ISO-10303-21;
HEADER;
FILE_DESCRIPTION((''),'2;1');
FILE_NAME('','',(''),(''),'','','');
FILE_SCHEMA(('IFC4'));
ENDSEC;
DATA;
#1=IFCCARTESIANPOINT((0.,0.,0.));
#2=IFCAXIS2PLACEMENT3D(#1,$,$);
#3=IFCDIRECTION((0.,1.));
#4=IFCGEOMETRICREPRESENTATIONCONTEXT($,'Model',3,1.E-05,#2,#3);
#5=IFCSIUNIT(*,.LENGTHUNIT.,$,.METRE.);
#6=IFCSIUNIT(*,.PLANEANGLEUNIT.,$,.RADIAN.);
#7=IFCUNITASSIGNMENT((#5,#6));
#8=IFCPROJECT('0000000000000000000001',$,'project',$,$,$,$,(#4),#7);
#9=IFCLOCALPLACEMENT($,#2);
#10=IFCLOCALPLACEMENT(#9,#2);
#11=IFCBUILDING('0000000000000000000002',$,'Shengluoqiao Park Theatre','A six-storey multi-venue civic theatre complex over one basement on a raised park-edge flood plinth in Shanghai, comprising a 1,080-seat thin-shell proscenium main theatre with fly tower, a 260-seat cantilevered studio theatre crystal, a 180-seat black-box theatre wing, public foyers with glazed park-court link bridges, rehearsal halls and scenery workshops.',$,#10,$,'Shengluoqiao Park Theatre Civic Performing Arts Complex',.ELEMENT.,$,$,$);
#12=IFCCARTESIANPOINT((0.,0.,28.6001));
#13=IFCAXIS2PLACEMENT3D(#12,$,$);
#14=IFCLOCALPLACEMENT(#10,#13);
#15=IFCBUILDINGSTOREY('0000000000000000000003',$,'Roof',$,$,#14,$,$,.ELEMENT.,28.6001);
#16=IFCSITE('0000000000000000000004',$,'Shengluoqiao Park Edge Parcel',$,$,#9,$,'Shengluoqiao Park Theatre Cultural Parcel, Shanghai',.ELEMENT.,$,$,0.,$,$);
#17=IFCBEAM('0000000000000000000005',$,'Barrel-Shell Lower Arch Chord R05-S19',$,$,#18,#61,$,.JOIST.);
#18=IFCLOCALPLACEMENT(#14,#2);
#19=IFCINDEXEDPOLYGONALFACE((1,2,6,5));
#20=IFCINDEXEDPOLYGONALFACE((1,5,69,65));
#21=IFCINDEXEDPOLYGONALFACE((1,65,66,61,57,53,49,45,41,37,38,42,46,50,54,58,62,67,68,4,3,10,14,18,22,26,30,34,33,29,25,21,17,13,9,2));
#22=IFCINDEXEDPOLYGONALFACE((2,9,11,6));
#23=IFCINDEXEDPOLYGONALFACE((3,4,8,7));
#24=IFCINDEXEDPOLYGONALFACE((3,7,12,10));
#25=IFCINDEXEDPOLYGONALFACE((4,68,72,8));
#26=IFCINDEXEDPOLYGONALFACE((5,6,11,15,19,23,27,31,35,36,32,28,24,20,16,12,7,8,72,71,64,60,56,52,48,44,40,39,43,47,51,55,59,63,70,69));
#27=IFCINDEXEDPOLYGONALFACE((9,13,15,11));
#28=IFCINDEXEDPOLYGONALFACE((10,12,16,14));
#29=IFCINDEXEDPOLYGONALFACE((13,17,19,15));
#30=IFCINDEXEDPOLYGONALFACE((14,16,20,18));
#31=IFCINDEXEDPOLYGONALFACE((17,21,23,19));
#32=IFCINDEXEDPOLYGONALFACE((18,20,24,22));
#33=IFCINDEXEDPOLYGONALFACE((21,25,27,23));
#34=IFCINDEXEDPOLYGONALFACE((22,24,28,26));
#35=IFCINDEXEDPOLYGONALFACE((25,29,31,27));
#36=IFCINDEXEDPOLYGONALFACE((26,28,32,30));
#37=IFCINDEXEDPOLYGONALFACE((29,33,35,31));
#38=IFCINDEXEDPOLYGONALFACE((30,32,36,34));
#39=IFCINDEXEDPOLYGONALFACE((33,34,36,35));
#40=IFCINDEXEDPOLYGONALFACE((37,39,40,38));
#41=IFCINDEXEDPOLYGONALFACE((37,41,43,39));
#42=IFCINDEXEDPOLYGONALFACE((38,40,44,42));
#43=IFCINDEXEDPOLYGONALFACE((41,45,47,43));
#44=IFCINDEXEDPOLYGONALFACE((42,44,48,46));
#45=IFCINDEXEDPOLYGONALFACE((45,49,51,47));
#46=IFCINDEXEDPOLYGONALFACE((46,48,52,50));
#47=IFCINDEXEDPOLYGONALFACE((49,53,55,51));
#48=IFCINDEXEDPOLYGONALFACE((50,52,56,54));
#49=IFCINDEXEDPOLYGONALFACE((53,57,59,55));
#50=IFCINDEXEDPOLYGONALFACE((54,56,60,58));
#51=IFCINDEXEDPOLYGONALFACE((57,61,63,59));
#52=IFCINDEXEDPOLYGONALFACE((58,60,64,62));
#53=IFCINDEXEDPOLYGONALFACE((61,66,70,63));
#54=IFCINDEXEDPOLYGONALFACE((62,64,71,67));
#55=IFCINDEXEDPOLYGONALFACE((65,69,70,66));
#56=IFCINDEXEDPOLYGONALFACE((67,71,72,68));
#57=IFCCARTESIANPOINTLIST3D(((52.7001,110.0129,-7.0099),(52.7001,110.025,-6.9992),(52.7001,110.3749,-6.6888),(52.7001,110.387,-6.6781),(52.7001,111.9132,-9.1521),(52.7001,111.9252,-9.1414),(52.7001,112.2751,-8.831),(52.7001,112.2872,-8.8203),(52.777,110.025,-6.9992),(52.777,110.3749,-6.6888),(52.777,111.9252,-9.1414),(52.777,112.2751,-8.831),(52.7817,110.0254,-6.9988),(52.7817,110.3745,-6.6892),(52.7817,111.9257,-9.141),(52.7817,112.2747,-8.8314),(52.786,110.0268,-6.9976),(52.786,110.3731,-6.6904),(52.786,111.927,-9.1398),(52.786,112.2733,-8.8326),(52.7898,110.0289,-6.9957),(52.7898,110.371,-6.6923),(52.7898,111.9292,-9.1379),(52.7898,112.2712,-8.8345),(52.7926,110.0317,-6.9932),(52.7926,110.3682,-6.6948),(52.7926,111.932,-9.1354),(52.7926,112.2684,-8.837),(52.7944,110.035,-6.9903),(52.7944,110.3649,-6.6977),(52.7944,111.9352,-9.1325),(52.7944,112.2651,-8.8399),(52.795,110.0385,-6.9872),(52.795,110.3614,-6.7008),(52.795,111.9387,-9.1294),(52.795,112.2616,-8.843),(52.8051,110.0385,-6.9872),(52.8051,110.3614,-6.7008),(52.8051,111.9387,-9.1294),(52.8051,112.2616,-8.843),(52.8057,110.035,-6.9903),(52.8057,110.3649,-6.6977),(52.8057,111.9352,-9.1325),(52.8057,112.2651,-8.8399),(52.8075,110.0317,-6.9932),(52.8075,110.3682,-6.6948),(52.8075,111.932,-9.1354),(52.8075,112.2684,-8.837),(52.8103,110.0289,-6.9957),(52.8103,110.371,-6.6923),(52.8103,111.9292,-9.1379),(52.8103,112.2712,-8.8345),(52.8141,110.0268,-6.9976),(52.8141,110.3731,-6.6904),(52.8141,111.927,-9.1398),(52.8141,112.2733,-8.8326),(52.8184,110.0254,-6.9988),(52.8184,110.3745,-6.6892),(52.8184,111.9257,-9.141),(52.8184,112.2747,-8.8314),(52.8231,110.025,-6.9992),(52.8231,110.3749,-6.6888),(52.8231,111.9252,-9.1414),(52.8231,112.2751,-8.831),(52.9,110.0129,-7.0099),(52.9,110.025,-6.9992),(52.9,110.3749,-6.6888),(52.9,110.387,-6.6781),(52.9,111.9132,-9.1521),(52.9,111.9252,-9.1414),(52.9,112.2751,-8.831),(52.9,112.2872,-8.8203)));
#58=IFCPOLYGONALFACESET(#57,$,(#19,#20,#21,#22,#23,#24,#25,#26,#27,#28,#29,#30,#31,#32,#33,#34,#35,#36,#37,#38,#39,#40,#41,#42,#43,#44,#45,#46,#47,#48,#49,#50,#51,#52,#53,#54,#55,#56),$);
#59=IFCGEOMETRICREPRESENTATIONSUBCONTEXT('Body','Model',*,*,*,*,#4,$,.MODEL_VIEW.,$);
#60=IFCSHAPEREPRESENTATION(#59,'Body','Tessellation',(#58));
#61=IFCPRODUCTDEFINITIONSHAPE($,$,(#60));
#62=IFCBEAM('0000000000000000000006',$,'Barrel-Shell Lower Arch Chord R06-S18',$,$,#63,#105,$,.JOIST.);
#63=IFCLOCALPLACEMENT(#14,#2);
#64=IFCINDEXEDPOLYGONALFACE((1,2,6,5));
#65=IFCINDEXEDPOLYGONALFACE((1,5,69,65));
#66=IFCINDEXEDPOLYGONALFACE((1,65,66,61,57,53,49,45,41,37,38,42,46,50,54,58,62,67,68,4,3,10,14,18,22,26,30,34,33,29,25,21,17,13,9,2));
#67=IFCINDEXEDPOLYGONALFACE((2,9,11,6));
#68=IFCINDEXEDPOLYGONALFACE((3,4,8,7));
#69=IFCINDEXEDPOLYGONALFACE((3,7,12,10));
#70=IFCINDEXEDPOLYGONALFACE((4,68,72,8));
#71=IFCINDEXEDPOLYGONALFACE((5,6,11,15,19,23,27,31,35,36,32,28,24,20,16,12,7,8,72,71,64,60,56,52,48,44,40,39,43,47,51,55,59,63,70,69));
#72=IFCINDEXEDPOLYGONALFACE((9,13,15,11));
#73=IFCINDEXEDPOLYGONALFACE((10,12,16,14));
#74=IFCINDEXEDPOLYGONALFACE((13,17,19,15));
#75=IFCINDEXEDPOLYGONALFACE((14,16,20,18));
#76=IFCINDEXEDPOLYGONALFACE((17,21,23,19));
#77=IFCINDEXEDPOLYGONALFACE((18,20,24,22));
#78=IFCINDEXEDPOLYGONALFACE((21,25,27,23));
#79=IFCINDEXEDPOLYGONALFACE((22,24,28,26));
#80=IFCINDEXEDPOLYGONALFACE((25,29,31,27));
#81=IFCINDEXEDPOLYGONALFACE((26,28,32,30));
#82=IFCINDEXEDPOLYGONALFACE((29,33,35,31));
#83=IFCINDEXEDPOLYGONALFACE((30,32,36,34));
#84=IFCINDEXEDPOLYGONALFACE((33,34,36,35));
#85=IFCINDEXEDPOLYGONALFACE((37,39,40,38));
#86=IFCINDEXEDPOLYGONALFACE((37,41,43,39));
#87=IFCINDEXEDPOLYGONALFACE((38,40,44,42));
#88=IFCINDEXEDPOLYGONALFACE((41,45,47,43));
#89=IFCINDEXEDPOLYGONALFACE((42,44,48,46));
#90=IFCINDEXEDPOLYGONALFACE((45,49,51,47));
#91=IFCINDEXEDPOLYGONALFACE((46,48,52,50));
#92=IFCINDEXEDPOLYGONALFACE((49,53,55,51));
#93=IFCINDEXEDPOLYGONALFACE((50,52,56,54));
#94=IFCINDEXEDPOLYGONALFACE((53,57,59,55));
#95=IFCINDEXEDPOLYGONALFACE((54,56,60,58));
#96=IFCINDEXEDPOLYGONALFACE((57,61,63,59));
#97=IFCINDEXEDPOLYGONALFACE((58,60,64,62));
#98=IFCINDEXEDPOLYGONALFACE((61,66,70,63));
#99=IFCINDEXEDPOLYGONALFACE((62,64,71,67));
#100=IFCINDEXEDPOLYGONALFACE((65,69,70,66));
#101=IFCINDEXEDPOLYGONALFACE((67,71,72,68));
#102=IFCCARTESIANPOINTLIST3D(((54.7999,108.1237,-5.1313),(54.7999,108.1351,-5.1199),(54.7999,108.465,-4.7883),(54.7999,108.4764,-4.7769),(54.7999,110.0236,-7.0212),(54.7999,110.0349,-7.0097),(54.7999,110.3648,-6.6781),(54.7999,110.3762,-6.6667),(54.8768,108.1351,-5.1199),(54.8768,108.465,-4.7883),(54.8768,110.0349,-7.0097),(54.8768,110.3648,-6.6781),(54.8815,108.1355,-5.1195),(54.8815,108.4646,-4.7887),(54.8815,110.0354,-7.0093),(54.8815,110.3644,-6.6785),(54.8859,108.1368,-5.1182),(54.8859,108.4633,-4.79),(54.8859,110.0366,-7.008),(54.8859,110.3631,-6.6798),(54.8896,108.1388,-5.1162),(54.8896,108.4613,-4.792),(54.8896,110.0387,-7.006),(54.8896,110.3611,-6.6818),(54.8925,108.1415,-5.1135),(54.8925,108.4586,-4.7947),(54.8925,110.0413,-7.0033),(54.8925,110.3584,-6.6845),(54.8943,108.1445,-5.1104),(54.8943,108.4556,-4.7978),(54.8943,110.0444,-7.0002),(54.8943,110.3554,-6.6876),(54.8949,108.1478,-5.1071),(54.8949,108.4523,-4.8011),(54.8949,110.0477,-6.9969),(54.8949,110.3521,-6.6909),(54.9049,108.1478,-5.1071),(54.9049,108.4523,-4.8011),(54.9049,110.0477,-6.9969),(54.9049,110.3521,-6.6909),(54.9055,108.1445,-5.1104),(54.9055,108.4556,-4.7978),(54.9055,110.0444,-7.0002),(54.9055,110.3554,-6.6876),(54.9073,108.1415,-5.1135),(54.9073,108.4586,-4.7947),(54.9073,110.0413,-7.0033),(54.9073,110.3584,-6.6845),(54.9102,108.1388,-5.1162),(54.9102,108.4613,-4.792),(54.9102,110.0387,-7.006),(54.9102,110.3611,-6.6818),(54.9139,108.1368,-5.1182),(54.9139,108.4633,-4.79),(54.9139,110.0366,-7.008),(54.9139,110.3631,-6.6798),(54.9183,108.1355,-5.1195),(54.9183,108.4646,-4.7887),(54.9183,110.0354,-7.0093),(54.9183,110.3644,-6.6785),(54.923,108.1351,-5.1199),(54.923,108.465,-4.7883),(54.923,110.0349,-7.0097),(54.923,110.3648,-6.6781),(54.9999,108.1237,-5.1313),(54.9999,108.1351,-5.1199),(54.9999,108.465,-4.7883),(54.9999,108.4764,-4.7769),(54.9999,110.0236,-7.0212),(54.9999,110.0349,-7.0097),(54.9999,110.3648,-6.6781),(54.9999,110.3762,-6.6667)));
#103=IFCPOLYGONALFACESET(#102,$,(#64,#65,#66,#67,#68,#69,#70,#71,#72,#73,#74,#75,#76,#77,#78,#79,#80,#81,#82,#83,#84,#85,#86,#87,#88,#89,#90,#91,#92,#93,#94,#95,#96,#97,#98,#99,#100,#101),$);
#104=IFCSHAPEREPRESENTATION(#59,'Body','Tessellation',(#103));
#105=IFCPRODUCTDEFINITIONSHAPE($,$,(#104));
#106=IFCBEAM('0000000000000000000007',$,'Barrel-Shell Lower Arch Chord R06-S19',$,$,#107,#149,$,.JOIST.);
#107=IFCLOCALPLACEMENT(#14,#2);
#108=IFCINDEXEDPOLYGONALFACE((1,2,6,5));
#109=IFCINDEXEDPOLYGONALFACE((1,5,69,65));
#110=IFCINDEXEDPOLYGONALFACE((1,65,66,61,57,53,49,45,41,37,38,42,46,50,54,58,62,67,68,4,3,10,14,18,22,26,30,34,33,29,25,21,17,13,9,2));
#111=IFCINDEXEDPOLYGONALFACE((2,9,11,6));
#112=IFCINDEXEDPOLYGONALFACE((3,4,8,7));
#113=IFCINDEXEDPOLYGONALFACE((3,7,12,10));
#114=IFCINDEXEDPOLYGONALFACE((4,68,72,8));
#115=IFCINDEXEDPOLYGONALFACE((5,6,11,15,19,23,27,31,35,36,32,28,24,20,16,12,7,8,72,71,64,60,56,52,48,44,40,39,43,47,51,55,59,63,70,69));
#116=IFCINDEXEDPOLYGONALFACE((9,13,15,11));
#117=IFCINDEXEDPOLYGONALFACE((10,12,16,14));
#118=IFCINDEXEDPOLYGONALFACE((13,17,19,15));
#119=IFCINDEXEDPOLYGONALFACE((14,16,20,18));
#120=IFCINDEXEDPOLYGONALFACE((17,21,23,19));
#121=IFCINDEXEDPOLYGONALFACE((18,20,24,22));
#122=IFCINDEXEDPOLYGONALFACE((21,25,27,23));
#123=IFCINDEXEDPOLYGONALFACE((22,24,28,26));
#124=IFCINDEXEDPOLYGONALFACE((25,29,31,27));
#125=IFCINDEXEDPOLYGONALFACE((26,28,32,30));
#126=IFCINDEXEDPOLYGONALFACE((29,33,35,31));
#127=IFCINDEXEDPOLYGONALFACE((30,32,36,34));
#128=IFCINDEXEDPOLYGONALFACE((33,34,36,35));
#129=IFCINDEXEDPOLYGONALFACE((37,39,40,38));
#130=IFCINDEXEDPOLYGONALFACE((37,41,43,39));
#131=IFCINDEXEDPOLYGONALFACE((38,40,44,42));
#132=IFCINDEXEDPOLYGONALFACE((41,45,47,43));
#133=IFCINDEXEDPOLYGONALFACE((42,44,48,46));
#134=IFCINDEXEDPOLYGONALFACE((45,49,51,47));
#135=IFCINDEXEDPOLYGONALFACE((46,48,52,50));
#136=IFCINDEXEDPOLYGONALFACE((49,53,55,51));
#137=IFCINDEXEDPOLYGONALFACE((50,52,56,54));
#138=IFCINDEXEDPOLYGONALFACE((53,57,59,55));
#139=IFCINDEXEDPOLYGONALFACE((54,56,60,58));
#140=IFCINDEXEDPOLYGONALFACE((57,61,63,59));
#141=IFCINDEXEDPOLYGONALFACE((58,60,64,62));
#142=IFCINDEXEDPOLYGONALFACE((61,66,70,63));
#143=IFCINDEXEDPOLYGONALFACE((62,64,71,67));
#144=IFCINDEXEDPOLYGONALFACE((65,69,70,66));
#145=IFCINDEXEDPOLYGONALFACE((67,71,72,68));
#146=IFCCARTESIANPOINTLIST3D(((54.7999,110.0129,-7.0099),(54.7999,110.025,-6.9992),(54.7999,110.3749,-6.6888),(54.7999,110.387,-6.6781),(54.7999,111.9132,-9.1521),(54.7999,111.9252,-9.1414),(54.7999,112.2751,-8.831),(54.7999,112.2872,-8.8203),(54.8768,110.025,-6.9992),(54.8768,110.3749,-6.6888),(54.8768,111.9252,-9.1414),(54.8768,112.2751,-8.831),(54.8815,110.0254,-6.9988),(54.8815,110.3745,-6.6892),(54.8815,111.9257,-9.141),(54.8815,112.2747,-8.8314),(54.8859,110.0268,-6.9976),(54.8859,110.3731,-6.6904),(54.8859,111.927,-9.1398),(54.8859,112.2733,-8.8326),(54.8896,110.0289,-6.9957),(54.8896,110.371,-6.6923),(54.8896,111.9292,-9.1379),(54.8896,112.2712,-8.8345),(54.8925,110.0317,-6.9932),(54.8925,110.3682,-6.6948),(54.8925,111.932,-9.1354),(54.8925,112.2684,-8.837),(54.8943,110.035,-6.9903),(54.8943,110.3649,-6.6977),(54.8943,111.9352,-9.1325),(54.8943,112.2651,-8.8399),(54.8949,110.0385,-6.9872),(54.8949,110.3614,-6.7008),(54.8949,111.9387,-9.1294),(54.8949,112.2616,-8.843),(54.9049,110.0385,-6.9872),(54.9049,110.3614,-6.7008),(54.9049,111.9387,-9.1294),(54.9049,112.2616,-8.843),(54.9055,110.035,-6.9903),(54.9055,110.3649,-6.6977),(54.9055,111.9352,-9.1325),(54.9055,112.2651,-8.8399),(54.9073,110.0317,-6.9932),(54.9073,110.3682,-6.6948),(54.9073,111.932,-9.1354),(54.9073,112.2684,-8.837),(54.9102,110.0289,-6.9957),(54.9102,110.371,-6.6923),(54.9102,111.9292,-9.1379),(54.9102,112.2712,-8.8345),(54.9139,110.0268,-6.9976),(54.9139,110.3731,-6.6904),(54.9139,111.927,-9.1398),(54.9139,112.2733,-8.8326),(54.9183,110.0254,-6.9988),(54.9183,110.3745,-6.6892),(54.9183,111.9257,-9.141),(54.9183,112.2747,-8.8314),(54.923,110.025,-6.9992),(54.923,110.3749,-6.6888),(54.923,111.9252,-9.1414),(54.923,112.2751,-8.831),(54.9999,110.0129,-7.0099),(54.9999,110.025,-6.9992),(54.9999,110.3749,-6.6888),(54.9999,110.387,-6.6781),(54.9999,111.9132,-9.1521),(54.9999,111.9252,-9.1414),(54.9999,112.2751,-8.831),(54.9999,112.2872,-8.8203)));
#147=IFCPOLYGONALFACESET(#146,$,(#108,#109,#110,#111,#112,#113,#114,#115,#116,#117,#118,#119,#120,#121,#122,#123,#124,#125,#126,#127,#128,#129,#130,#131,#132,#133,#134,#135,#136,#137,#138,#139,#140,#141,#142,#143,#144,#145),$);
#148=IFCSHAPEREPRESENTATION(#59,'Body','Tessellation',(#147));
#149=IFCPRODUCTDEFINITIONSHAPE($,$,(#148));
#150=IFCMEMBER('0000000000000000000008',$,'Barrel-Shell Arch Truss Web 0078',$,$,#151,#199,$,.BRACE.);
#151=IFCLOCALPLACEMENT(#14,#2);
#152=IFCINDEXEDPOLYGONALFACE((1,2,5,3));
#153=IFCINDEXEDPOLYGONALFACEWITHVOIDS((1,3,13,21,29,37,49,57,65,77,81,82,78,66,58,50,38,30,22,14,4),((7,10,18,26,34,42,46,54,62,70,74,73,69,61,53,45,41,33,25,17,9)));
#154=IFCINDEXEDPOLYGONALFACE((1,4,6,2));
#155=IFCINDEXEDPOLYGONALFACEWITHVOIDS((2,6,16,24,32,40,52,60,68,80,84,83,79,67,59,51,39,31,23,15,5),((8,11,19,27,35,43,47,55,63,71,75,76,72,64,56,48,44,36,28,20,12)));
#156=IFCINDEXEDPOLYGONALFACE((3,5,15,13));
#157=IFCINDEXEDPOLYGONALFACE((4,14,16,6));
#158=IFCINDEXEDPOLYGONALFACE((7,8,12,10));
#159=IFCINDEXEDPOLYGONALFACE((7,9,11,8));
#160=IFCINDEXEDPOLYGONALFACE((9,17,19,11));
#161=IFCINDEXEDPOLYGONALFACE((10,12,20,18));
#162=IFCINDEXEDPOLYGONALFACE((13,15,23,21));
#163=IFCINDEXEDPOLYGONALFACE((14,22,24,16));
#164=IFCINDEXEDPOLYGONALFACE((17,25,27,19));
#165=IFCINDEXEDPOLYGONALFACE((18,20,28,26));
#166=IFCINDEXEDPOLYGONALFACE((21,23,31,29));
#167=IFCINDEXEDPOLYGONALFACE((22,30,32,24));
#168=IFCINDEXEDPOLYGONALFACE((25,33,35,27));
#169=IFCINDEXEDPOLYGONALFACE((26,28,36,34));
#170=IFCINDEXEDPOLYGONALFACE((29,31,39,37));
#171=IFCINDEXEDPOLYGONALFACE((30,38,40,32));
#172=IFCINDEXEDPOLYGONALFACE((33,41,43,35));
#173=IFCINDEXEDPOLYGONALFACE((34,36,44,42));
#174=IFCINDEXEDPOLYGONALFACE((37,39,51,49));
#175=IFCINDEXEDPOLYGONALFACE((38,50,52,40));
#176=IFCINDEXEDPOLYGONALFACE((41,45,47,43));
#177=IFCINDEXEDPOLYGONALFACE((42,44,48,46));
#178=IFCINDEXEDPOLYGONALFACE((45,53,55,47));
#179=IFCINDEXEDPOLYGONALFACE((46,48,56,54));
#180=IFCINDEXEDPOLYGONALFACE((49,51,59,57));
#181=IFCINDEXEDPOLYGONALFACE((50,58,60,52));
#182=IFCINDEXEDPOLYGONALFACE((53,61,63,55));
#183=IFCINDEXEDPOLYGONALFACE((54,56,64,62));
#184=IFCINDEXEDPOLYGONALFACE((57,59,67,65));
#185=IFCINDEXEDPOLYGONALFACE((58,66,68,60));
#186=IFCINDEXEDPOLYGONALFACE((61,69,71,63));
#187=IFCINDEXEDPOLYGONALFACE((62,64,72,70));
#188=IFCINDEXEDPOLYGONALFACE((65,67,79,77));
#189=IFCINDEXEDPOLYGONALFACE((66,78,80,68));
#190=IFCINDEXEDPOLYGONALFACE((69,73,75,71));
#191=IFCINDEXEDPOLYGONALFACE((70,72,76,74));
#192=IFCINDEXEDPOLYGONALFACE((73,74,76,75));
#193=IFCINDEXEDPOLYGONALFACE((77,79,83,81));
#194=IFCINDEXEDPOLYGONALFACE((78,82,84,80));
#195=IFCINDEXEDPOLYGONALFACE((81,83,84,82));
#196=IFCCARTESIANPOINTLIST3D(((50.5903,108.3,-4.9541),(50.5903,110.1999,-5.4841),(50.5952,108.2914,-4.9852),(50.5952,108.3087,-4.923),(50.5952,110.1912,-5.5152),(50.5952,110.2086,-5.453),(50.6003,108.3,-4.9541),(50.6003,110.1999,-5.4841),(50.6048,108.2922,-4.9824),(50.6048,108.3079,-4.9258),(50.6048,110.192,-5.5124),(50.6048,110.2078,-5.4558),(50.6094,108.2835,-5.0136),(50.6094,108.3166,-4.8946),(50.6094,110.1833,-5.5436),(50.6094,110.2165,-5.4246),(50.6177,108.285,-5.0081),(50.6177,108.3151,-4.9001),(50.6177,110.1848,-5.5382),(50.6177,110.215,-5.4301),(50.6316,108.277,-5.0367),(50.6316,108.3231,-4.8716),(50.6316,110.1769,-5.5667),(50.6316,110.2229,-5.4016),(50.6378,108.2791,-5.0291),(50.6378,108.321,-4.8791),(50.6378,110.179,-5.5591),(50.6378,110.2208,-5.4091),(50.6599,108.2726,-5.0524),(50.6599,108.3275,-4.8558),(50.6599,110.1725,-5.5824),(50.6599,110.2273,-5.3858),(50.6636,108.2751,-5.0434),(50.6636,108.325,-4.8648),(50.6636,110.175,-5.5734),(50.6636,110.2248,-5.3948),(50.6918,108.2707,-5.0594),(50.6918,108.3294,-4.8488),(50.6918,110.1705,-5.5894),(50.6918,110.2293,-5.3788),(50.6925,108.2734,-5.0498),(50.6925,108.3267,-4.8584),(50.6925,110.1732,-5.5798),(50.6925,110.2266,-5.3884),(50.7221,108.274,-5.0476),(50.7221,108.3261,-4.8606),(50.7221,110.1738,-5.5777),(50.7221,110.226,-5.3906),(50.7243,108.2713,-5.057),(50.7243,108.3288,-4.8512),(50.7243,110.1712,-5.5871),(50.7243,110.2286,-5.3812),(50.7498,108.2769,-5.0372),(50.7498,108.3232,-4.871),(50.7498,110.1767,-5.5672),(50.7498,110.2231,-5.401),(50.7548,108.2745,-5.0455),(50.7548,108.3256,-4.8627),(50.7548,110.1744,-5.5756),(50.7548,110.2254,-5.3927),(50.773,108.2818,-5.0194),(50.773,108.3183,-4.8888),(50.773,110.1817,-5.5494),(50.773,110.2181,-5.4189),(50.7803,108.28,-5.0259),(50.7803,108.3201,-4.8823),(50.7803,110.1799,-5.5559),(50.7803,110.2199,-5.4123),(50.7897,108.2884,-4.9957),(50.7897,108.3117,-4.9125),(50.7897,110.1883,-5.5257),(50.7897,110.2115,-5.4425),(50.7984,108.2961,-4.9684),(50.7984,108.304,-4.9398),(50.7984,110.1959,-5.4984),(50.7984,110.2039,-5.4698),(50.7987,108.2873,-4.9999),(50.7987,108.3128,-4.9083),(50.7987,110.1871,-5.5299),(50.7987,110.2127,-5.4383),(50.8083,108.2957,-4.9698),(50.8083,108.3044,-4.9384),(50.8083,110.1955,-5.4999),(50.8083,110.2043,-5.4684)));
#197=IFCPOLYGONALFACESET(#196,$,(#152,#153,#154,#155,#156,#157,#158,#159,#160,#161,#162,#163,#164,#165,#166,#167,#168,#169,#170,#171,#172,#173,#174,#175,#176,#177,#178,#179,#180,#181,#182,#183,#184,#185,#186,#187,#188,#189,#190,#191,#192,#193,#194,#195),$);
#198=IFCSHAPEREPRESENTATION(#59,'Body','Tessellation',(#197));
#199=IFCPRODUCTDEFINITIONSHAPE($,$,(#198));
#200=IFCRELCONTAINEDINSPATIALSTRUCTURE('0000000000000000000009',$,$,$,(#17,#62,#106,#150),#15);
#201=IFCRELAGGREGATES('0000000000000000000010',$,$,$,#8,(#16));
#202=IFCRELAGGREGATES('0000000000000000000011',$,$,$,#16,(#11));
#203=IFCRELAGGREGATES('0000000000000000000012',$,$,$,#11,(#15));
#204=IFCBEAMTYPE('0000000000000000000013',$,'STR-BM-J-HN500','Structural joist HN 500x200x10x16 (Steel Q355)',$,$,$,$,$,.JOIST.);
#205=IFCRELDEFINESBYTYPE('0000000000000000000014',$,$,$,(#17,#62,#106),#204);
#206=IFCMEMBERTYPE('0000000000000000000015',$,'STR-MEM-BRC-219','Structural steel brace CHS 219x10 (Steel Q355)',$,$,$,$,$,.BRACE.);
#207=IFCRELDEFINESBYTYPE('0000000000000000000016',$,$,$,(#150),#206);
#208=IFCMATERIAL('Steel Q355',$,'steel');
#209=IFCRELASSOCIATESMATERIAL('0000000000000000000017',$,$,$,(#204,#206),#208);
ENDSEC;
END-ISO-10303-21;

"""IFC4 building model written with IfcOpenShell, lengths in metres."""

from ifc_helpers import new_model, si_unit, direction, frame, origin, origin_2d, place, context, subcontext, project, spatial, hollow_circle, i_section, extrude, material, material_profile, profile_set, type_object, element, save


model = new_model("IFC4")

# Units and contexts
model_context = context("Model", 3, precision=1e-05, world=origin(), true_north=direction((0.0, 1.0)))
body_context = subcontext(model_context, "Body", "Model", "MODEL_VIEW")
ifc_project = project(units=[si_unit("LENGTHUNIT", "METRE"), si_unit("PLANEANGLEUNIT", "RADIAN")], contexts=[model_context])

# Site, building, storey
site_placement = place(None, origin())
site = spatial("IfcSite", under=ifc_project, at=site_placement, Name="Shengluoqiao Park Edge Parcel", LongName="Shengluoqiao Park Theatre Cultural Parcel, Shanghai", CompositionType="ELEMENT", RefElevation=0.0)
building_placement = place(site_placement, origin())
building = spatial("IfcBuilding", under=site, at=building_placement, Name="Shengluoqiao Park Theatre", Description="A six-storey multi-venue civic theatre complex over one basement on a raised park-edge flood plinth in Shanghai, comprising a 1,080-seat thin-shell proscenium main theatre with fly tower, a 260-seat cantilevered studio theatre crystal, a 180-seat black-box theatre wing, public foyers with glazed park-court link bridges, rehearsal halls and scenery workshops.", LongName="Shengluoqiao Park Theatre Civic Performing Arts Complex", CompositionType="ELEMENT")
storey_placement = place(building_placement, frame((0.0, 0.0, 28.6001)))
storey = spatial("IfcBuildingStorey", under=building, at=storey_placement, Name="Roof", CompositionType="ELEMENT", Elevation=28.6001)

# Beams
ifc_material_1 = material(Name="Steel Q355", Category="steel")
ifc_material_profile_1 = material_profile(ifc_material_1, i_section(OverallWidth=0.2, OverallDepth=0.5, WebThickness=0.01, FlangeThickness=0.0161, FilletRadius=0.0181, at=origin_2d()), Name="HN 500x200x10x16")
ifc_profile_set_1 = profile_set([ifc_material_profile_1], Name="Steel Q355")
beam_type_1 = type_object("IfcBeamType", Name="STR-BM-J-HN500", Description="Structural joist HN 500x200x10x16 (Steel Q355)", PredefinedType="JOIST", material=ifc_profile_set_1)
beam_1_placement = place(storey_placement, frame((52.8, 110.2, -6.844), z_axis=(0.0, 0.663596, -0.748091), x_axis=(-1.0, 0.0, 0.0)))
element("IfcBeam", 1, at=beam_1_placement, inside=storey, type_object=beam_type_1, Name="Barrel-Shell Lower Arch Chord R05-S19", PredefinedType="JOIST", context=body_context, shape_type="SweptSolid", body=[
    extrude(i_section(OverallWidth=0.2, OverallDepth=0.5, WebThickness=0.01, FlangeThickness=0.0161, FilletRadius=0.0181, at=origin_2d()), origin(), (0.0, 0.0, 1.0), 2.8635),
])
beam_2_placement = place(storey_placement, frame((54.8999, 108.3, -4.9541), z_axis=(0.0, 0.708972, -0.705237), x_axis=(-1.0, 0.0, 0.0)))
element("IfcBeam", 2, at=beam_2_placement, inside=storey, type_object=beam_type_1, Name="Barrel-Shell Lower Arch Chord R06-S18", PredefinedType="JOIST", context=body_context, shape_type="SweptSolid", body=[
    extrude(i_section(OverallWidth=0.2, OverallDepth=0.5, WebThickness=0.01, FlangeThickness=0.0161, FilletRadius=0.0181, at=origin_2d()), origin(), (0.0, 0.0, 1.0), 2.6797),
])
beam_3_placement = place(storey_placement, frame((54.8999, 110.2, -6.844), z_axis=(0.0, 0.663596, -0.748091), x_axis=(-1.0, 0.0, 0.0)))
element("IfcBeam", 3, at=beam_3_placement, inside=storey, type_object=beam_type_1, Name="Barrel-Shell Lower Arch Chord R06-S19", PredefinedType="JOIST", context=body_context, shape_type="SweptSolid", body=[
    extrude(i_section(OverallWidth=0.2, OverallDepth=0.5, WebThickness=0.01, FlangeThickness=0.0161, FilletRadius=0.0181, at=origin_2d()), origin(), (0.0, 0.0, 1.0), 2.8635),
])

# Member
ifc_material_profile_2 = material_profile(ifc_material_1, hollow_circle(Radius=0.1096, WallThickness=0.01, at=origin_2d()), Name="CHS 219x10")
ifc_profile_set_2 = profile_set([ifc_material_profile_2], Name="Steel Q355")
member_type_1 = type_object("IfcMemberType", Name="STR-MEM-BRC-219", Description="Structural steel brace CHS 219x10 (Steel Q355)", PredefinedType="BRACE", material=ifc_profile_set_2)
member_1_placement = place(storey_placement, frame((50.7, 108.3, -4.9541), z_axis=(0.0, 0.963219, -0.268716), x_axis=(-1.0, 0.0, 0.0)))
element("IfcMember", 4, at=member_1_placement, inside=storey, type_object=member_type_1, Name="Barrel-Shell Arch Truss Web 0078", PredefinedType="BRACE", context=body_context, shape_type="SweptSolid", body=[
    extrude(hollow_circle(Radius=0.1096, WallThickness=0.01, at=origin_2d()), origin(), (0.0, 0.0, 1.0), 1.9724),
])

save(model, "model.ifc")
